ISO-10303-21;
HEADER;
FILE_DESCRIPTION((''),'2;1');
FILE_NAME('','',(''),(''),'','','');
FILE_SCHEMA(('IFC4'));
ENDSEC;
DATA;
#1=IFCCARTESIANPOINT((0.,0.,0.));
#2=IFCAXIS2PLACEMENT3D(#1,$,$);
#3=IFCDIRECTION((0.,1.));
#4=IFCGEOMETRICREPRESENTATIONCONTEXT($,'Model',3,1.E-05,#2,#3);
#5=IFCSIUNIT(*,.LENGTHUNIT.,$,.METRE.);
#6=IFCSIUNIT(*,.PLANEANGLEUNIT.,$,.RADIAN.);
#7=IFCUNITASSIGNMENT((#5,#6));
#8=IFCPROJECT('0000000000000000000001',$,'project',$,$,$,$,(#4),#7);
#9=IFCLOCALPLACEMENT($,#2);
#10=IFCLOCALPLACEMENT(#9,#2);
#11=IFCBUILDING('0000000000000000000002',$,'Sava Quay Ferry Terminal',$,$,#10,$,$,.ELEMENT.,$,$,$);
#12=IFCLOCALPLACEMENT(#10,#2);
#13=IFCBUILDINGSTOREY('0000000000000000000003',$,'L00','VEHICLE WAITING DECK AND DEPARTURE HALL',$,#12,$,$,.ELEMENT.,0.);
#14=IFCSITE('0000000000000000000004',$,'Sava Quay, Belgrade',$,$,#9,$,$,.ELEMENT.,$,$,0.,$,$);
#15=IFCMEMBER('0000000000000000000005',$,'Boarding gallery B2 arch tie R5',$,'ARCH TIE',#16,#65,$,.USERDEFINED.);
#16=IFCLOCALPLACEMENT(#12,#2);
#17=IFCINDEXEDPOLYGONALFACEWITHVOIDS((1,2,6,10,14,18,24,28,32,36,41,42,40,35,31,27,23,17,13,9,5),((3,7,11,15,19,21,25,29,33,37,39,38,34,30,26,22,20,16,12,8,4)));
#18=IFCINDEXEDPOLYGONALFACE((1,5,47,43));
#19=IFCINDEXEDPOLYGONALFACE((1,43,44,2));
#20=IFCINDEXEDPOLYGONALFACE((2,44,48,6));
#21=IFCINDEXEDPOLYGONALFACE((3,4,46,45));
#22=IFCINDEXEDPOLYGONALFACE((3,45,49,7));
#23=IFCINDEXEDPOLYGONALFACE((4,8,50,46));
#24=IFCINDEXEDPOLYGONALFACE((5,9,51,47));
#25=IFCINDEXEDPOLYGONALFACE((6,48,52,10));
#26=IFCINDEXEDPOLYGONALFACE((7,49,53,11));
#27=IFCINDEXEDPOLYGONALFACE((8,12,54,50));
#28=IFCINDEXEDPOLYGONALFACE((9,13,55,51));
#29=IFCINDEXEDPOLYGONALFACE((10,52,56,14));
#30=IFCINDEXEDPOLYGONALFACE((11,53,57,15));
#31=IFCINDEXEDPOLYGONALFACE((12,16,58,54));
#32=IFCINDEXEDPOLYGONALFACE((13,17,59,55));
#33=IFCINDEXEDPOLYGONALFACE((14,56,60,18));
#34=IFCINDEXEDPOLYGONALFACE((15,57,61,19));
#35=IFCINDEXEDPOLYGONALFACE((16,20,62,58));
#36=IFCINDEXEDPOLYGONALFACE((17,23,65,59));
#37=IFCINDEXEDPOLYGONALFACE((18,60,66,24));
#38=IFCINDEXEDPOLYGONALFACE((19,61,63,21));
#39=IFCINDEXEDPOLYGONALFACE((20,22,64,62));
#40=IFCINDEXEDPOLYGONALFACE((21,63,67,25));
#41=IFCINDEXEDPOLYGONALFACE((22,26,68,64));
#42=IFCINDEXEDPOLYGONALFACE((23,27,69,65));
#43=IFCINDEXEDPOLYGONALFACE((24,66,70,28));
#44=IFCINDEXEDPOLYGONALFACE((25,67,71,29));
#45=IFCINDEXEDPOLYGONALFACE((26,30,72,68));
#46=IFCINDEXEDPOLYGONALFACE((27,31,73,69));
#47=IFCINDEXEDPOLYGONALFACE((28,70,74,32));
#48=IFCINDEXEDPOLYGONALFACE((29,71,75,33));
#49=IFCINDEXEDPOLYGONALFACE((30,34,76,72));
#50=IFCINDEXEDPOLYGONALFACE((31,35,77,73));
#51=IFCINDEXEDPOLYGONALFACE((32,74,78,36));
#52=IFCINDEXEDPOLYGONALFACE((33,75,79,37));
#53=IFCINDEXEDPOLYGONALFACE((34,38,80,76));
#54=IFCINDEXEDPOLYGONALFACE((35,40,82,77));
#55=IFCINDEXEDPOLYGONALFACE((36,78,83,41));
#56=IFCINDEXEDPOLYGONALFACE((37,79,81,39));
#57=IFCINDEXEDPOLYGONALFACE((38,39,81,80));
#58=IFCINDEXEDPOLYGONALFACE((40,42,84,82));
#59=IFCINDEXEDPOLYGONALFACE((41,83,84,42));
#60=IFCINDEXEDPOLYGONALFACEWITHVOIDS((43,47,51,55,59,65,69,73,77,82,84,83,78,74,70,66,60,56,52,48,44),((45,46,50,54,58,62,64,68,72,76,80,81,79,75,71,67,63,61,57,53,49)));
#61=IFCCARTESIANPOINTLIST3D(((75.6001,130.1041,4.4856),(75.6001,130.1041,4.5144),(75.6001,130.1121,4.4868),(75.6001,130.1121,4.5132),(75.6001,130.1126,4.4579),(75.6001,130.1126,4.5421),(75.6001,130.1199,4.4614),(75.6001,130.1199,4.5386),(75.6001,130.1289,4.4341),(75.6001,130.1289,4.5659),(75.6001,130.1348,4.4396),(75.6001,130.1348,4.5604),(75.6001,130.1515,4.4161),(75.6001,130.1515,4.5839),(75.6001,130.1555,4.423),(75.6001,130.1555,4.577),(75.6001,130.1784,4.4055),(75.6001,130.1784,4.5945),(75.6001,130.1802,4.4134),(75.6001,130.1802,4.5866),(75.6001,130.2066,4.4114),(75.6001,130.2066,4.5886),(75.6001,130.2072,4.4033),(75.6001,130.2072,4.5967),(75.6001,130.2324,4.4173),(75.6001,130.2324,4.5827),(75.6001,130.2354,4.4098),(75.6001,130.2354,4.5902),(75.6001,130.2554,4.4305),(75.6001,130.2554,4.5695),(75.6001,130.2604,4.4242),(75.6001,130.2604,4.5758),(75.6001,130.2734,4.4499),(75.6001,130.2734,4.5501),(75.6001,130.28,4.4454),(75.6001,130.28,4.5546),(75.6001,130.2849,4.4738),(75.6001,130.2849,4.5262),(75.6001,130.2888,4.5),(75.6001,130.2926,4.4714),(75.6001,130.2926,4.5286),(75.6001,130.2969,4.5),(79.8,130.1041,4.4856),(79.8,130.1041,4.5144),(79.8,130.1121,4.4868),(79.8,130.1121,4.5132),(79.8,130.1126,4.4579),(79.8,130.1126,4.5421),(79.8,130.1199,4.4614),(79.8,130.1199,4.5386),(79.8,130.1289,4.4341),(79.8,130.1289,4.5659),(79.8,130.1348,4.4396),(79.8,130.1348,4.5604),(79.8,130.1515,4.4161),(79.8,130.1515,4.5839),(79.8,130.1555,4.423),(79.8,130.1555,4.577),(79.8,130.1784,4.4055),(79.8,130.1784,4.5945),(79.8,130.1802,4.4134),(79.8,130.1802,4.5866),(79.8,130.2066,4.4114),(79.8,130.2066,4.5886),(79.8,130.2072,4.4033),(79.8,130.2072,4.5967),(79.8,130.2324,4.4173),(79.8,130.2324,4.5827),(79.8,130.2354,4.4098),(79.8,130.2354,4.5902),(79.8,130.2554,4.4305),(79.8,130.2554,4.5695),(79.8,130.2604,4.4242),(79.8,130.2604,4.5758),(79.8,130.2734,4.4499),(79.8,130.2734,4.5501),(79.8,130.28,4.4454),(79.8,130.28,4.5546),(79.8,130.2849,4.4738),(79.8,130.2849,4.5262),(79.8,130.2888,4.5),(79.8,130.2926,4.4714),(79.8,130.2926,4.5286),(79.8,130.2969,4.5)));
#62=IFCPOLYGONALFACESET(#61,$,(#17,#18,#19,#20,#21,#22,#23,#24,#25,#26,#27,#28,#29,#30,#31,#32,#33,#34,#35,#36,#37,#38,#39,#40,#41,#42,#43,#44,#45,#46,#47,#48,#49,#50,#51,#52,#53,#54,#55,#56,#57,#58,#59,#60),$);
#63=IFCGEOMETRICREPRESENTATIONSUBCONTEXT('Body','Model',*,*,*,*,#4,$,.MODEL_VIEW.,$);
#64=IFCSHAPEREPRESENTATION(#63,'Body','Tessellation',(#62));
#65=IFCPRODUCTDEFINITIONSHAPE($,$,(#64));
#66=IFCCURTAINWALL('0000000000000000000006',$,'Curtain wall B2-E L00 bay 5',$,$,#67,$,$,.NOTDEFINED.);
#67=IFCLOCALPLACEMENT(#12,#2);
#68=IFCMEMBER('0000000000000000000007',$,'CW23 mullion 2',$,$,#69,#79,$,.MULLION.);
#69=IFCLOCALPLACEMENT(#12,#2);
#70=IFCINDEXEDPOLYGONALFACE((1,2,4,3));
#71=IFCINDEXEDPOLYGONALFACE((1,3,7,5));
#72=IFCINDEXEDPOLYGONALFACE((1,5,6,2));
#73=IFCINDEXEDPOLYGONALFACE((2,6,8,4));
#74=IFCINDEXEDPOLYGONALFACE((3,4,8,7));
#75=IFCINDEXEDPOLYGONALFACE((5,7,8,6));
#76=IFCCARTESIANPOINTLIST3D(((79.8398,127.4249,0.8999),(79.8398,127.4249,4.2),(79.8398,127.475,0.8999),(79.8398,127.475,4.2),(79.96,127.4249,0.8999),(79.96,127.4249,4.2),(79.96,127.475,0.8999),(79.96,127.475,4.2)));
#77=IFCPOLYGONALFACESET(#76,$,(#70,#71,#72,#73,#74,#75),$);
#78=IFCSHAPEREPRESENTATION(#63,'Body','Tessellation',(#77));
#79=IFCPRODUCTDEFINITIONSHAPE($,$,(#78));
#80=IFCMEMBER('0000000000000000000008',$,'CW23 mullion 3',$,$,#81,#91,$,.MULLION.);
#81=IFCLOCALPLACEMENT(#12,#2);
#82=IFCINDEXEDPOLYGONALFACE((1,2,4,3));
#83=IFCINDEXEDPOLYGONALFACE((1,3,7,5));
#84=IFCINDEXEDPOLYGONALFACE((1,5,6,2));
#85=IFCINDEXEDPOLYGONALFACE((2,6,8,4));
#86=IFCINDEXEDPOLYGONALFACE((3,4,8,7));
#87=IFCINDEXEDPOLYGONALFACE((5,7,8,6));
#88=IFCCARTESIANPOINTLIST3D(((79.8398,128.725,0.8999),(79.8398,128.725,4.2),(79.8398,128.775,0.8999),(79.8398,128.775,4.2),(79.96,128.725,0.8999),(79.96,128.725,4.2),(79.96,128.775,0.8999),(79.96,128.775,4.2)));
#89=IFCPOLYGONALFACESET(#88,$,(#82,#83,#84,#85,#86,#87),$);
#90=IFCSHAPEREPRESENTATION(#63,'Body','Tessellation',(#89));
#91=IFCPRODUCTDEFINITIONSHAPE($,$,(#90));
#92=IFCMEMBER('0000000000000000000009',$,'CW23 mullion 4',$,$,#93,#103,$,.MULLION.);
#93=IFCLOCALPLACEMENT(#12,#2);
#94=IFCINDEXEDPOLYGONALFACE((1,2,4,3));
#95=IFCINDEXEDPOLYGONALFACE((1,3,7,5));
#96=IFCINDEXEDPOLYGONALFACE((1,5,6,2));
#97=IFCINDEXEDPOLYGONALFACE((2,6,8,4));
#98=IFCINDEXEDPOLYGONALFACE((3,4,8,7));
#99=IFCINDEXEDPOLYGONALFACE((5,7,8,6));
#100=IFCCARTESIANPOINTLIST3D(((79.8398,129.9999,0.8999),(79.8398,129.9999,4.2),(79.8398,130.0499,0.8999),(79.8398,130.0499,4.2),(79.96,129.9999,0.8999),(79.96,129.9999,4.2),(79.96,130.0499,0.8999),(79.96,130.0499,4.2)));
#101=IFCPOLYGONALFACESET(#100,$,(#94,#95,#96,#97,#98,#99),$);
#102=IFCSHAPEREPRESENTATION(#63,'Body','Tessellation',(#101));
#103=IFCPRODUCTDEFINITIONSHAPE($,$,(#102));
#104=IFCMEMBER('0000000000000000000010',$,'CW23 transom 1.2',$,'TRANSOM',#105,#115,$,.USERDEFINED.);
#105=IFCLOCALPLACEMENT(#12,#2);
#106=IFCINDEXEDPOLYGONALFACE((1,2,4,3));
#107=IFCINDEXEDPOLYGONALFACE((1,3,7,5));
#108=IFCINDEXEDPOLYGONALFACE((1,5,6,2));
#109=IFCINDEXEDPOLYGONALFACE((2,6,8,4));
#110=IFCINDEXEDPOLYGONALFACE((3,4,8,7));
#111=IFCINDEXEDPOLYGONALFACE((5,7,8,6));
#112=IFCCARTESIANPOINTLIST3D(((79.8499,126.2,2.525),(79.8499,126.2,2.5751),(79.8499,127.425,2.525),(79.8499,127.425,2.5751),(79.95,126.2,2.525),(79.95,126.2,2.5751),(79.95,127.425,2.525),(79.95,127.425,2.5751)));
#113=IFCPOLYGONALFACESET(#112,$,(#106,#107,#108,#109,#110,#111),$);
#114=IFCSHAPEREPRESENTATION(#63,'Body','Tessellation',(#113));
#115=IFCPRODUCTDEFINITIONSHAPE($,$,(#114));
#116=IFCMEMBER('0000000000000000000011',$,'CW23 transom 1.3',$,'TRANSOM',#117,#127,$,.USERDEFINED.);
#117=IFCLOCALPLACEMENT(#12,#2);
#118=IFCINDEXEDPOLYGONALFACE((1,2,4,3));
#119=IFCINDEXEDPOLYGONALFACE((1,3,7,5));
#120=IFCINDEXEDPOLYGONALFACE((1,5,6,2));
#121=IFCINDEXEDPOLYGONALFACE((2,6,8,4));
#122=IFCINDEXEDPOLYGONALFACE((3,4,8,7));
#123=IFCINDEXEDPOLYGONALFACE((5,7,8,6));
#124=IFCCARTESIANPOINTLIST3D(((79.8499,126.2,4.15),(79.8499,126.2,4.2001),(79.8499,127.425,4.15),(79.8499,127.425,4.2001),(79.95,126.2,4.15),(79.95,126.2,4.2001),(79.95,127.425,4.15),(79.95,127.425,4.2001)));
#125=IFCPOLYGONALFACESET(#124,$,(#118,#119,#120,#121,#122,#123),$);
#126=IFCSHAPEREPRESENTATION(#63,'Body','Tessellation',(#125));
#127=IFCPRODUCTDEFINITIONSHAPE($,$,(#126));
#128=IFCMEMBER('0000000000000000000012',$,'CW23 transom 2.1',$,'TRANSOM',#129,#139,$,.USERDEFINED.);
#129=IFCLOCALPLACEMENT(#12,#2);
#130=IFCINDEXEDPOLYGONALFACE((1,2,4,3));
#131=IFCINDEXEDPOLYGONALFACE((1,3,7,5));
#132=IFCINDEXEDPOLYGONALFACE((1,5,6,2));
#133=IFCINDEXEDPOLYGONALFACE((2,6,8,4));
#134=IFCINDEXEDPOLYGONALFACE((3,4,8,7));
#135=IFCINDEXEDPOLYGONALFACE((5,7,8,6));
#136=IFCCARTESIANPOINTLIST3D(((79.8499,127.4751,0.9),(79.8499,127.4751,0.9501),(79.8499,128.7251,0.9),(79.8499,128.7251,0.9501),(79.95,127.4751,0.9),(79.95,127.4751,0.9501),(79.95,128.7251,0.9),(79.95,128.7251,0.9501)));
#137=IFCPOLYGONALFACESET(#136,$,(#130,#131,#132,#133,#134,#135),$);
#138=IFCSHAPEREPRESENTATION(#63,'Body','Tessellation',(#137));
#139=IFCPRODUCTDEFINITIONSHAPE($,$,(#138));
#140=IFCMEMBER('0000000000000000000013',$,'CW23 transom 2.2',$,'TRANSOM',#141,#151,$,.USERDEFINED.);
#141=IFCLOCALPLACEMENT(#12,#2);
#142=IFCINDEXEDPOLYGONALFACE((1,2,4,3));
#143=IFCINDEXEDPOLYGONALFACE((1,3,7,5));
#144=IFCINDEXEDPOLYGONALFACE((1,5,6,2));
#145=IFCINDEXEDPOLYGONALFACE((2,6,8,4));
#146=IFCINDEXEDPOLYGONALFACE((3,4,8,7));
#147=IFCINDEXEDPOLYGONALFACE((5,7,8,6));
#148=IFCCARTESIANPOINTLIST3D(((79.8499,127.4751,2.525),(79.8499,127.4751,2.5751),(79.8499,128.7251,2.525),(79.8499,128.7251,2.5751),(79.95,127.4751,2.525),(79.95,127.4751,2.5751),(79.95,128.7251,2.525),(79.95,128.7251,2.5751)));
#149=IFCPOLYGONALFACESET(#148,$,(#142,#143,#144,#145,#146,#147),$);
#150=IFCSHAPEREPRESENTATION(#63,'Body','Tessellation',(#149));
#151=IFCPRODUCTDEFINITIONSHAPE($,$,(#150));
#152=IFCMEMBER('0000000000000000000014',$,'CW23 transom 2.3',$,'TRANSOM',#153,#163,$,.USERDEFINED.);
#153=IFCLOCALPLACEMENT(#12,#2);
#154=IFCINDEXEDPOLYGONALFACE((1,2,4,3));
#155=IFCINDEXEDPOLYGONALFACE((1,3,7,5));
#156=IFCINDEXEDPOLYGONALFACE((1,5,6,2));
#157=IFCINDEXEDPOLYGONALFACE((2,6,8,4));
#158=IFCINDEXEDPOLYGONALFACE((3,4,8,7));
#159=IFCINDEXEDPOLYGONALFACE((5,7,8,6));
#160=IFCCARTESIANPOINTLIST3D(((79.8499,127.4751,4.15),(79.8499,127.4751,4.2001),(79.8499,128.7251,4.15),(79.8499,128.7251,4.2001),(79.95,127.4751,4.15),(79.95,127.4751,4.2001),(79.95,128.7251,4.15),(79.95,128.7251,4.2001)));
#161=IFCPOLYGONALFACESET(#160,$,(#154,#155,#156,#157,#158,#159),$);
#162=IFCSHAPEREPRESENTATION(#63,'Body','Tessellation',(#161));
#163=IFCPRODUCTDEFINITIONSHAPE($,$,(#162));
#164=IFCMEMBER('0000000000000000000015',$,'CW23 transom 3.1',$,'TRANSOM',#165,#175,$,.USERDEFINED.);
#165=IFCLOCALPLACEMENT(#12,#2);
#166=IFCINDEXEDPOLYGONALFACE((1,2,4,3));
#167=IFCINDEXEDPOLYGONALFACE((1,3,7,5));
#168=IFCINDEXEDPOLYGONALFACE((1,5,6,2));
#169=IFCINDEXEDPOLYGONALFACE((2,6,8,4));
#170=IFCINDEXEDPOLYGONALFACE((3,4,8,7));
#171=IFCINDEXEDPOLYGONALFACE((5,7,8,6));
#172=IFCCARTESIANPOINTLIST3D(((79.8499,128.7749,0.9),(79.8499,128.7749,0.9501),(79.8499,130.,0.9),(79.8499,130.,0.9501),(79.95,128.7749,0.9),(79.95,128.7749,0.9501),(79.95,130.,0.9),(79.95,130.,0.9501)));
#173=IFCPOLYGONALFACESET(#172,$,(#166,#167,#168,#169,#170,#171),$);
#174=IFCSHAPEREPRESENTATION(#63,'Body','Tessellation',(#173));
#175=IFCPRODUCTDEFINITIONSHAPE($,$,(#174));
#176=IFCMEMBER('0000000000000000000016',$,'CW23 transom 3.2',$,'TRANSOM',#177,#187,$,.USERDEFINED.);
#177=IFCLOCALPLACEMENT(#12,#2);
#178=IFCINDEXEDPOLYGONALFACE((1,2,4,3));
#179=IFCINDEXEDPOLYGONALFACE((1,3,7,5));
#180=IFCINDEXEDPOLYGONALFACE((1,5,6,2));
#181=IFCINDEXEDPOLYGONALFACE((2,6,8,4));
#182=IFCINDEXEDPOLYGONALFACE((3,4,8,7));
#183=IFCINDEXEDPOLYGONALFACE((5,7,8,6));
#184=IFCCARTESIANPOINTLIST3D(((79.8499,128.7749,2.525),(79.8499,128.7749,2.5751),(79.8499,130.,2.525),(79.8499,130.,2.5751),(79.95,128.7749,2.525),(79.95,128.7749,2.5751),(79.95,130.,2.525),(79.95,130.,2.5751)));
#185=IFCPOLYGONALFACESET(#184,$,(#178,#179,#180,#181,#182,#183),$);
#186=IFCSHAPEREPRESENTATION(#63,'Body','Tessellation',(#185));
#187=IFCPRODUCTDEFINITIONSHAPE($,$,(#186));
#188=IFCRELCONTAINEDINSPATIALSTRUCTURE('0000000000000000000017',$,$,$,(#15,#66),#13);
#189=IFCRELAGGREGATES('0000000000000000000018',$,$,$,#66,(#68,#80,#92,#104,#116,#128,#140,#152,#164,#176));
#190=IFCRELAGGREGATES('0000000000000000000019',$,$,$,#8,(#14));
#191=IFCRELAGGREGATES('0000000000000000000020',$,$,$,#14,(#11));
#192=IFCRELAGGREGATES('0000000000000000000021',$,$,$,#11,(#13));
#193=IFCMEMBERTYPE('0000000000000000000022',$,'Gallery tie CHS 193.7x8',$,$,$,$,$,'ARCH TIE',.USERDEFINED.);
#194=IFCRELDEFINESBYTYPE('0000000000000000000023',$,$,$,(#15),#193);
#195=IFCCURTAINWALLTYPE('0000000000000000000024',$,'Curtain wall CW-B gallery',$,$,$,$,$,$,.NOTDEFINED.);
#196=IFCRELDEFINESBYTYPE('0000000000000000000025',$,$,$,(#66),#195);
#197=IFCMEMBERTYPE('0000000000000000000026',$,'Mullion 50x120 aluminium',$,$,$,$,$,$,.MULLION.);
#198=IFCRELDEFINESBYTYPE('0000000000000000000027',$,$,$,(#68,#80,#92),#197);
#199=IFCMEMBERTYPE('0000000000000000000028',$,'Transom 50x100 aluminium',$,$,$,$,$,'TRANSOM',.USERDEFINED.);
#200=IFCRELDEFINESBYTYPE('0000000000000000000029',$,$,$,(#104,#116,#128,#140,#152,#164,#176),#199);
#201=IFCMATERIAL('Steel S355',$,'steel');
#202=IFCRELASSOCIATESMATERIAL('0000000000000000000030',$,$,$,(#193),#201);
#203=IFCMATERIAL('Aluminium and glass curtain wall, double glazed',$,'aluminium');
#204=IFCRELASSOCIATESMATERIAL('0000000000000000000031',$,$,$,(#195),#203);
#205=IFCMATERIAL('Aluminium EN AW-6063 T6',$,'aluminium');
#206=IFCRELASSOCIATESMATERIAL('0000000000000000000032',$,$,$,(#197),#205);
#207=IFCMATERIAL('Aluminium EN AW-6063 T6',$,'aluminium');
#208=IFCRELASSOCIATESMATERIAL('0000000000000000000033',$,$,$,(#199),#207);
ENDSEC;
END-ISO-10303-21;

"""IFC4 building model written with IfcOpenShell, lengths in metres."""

from ifc_helpers import new_model, si_unit, direction, frame, origin, origin_2d, place, context, subcontext, project, spatial, rectangle, hollow_circle, extrude, material, material_profile, profile_set, type_object, element, aggregate, save


model = new_model("IFC4")

# Units and contexts
model_context = context("Model", 3, precision=1e-05, world=origin(), true_north=direction((0.0, 1.0)))
body_context = subcontext(model_context, "Body", "Model", "MODEL_VIEW")
ifc_project = project(units=[si_unit("LENGTHUNIT", "METRE"), si_unit("PLANEANGLEUNIT", "RADIAN")], contexts=[model_context])

# Site, building, storey
site_placement = place(None, origin())
site = spatial("IfcSite", under=ifc_project, at=site_placement, Name="Sava Quay, Belgrade", CompositionType="ELEMENT", RefElevation=0.0)
building_placement = place(site_placement, origin())
building = spatial("IfcBuilding", under=site, at=building_placement, Name="Sava Quay Ferry Terminal", CompositionType="ELEMENT")
storey_placement = place(building_placement, origin())
storey = spatial("IfcBuildingStorey", under=building, at=storey_placement, Name="L00", Description="VEHICLE WAITING DECK AND DEPARTURE HALL", CompositionType="ELEMENT", Elevation=0.0)

# Member
ifc_material_1 = material(Name="Steel S355", Category="steel")
ifc_material_profile_1 = material_profile(ifc_material_1, hollow_circle(Radius=0.0969, WallThickness=0.0081, at=origin_2d()), Name="CHS 193.7 x 8.0")
ifc_profile_set_1 = profile_set([ifc_material_profile_1], Name="Steel S355")
member_type_1 = type_object("IfcMemberType", Name="Gallery tie CHS 193.7x8", ElementType="ARCH TIE", PredefinedType="USERDEFINED", material=ifc_profile_set_1)
member_1_placement = place(storey_placement, frame((75.6001, 130.2, 4.5), z_axis=(1.0, 0.0, 0.0), x_axis=(0.0, 1.0, 0.0)))
element("IfcMember", 1, at=member_1_placement, inside=storey, type_object=member_type_1, Name="Boarding gallery B2 arch tie R5", ObjectType="ARCH TIE", PredefinedType="USERDEFINED", context=body_context, shape_type="SweptSolid", body=[
    extrude(hollow_circle(Radius=0.0969, WallThickness=0.0081, at=origin_2d()), origin(), (0.0, 0.0, 1.0), 4.2),
])

# Curtain wall, members
ifc_material_2 = material(Name="Aluminium and glass curtain wall, double glazed", Category="aluminium")
curtain_wall_type = type_object("IfcCurtainWallType", Name="Curtain wall CW-B gallery", PredefinedType="NOTDEFINED", material=ifc_material_2)
curtain_wall_placement = place(storey_placement, origin())
curtain_wall = element("IfcCurtainWall", 2, at=curtain_wall_placement, inside=storey, type_object=curtain_wall_type, Name="Curtain wall B2-E L00 bay 5", PredefinedType="NOTDEFINED")
ifc_material_3 = material(Name="Aluminium EN AW-6063 T6", Category="aluminium")
ifc_material_profile_2 = material_profile(ifc_material_3, rectangle(XDim=0.1201, YDim=0.05, at=origin_2d()), Name="Mullion 50x120 aluminium")
ifc_profile_set_2 = profile_set([ifc_material_profile_2], Name="Aluminium EN AW-6063 T6")
member_type_2 = type_object("IfcMemberType", Name="Mullion 50x120 aluminium", PredefinedType="MULLION", material=ifc_profile_set_2)
member_2_placement = place(storey_placement, frame((79.8999, 127.45, 0.8999), z_axis=(0.0, 0.0, 1.0), x_axis=(-1.0, 0.0, 0.0)))
member_2 = element("IfcMember", 3, at=member_2_placement, type_object=member_type_2, Name="CW23 mullion 2", PredefinedType="MULLION", context=body_context, shape_type="SweptSolid", body=[
    extrude(rectangle(XDim=0.1201, YDim=0.05, at=origin_2d()), origin(), (0.0, 0.0, 1.0), 3.3),
])
member_3_placement = place(storey_placement, frame((79.8999, 128.75, 0.8999), z_axis=(0.0, 0.0, 1.0), x_axis=(-1.0, 0.0, 0.0)))
member_3 = element("IfcMember", 4, at=member_3_placement, type_object=member_type_2, Name="CW23 mullion 3", PredefinedType="MULLION", context=body_context, shape_type="SweptSolid", body=[
    extrude(rectangle(XDim=0.1201, YDim=0.05, at=origin_2d()), origin(), (0.0, 0.0, 1.0), 3.3),
])
member_4_placement = place(storey_placement, frame((79.8999, 130.0249, 0.8999), z_axis=(0.0, 0.0, 1.0), x_axis=(-1.0, 0.0, 0.0)))
member_4 = element("IfcMember", 5, at=member_4_placement, type_object=member_type_2, Name="CW23 mullion 4", PredefinedType="MULLION", context=body_context, shape_type="SweptSolid", body=[
    extrude(rectangle(XDim=0.1201, YDim=0.05, at=origin_2d()), origin(), (0.0, 0.0, 1.0), 3.3),
])
ifc_material_4 = material(Name="Aluminium EN AW-6063 T6", Category="aluminium")
ifc_material_profile_3 = material_profile(ifc_material_4, rectangle(XDim=0.1001, YDim=0.05, at=origin_2d()), Name="Transom 50x100 aluminium")
ifc_profile_set_3 = profile_set([ifc_material_profile_3], Name="Aluminium EN AW-6063 T6")
member_type_3 = type_object("IfcMemberType", Name="Transom 50x100 aluminium", ElementType="TRANSOM", PredefinedType="USERDEFINED", material=ifc_profile_set_3)
member_5_placement = place(storey_placement, frame((79.8999, 126.2, 2.55), z_axis=(0.0, 1.0, 0.0), x_axis=(-1.0, 0.0, 0.0)))
member_5 = element("IfcMember", 6, at=member_5_placement, type_object=member_type_3, Name="CW23 transom 1.2", ObjectType="TRANSOM", PredefinedType="USERDEFINED", context=body_context, shape_type="SweptSolid", body=[
    extrude(rectangle(XDim=0.1001, YDim=0.05, at=origin_2d()), origin(), (0.0, 0.0, 1.0), 1.2251),
])
member_6_placement = place(storey_placement, frame((79.8999, 126.2, 4.175), z_axis=(0.0, 1.0, 0.0), x_axis=(-1.0, 0.0, 0.0)))
member_6 = element("IfcMember", 7, at=member_6_placement, type_object=member_type_3, Name="CW23 transom 1.3", ObjectType="TRANSOM", PredefinedType="USERDEFINED", context=body_context, shape_type="SweptSolid", body=[
    extrude(rectangle(XDim=0.1001, YDim=0.05, at=origin_2d()), origin(), (0.0, 0.0, 1.0), 1.2251),
])
member_7_placement = place(storey_placement, frame((79.8999, 127.4751, 0.925), z_axis=(0.0, 1.0, 0.0), x_axis=(-1.0, 0.0, 0.0)))
member_7 = element("IfcMember", 8, at=member_7_placement, type_object=member_type_3, Name="CW23 transom 2.1", ObjectType="TRANSOM", PredefinedType="USERDEFINED", context=body_context, shape_type="SweptSolid", body=[
    extrude(rectangle(XDim=0.1001, YDim=0.05, at=origin_2d()), origin(), (0.0, 0.0, 1.0), 1.25),
])
member_8_placement = place(storey_placement, frame((79.8999, 127.4751, 2.55), z_axis=(0.0, 1.0, 0.0), x_axis=(-1.0, 0.0, 0.0)))
member_8 = element("IfcMember", 9, at=member_8_placement, type_object=member_type_3, Name="CW23 transom 2.2", ObjectType="TRANSOM", PredefinedType="USERDEFINED", context=body_context, shape_type="SweptSolid", body=[
    extrude(rectangle(XDim=0.1001, YDim=0.05, at=origin_2d()), origin(), (0.0, 0.0, 1.0), 1.25),
])
member_9_placement = place(storey_placement, frame((79.8999, 127.4751, 4.175), z_axis=(0.0, 1.0, 0.0), x_axis=(-1.0, 0.0, 0.0)))
member_9 = element("IfcMember", 10, at=member_9_placement, type_object=member_type_3, Name="CW23 transom 2.3", ObjectType="TRANSOM", PredefinedType="USERDEFINED", context=body_context, shape_type="SweptSolid", body=[
    extrude(rectangle(XDim=0.1001, YDim=0.05, at=origin_2d()), origin(), (0.0, 0.0, 1.0), 1.25),
])
member_10_placement = place(storey_placement, frame((79.8999, 128.7749, 0.925), z_axis=(0.0, 1.0, 0.0), x_axis=(-1.0, 0.0, 0.0)))
member_10 = element("IfcMember", 11, at=member_10_placement, type_object=member_type_3, Name="CW23 transom 3.1", ObjectType="TRANSOM", PredefinedType="USERDEFINED", context=body_context, shape_type="SweptSolid", body=[
    extrude(rectangle(XDim=0.1001, YDim=0.05, at=origin_2d()), origin(), (0.0, 0.0, 1.0), 1.2251),
])
member_11_placement = place(storey_placement, frame((79.8999, 128.7749, 2.55), z_axis=(0.0, 1.0, 0.0), x_axis=(-1.0, 0.0, 0.0)))
member_11 = element("IfcMember", 12, at=member_11_placement, type_object=member_type_3, Name="CW23 transom 3.2", ObjectType="TRANSOM", PredefinedType="USERDEFINED", context=body_context, shape_type="SweptSolid", body=[
    extrude(rectangle(XDim=0.1001, YDim=0.05, at=origin_2d()), origin(), (0.0, 0.0, 1.0), 1.2251),
])
aggregate(curtain_wall, [member_2, member_3, member_4, member_5, member_6, member_7, member_8, member_9, member_10, member_11])

save(model, "model.ifc")
